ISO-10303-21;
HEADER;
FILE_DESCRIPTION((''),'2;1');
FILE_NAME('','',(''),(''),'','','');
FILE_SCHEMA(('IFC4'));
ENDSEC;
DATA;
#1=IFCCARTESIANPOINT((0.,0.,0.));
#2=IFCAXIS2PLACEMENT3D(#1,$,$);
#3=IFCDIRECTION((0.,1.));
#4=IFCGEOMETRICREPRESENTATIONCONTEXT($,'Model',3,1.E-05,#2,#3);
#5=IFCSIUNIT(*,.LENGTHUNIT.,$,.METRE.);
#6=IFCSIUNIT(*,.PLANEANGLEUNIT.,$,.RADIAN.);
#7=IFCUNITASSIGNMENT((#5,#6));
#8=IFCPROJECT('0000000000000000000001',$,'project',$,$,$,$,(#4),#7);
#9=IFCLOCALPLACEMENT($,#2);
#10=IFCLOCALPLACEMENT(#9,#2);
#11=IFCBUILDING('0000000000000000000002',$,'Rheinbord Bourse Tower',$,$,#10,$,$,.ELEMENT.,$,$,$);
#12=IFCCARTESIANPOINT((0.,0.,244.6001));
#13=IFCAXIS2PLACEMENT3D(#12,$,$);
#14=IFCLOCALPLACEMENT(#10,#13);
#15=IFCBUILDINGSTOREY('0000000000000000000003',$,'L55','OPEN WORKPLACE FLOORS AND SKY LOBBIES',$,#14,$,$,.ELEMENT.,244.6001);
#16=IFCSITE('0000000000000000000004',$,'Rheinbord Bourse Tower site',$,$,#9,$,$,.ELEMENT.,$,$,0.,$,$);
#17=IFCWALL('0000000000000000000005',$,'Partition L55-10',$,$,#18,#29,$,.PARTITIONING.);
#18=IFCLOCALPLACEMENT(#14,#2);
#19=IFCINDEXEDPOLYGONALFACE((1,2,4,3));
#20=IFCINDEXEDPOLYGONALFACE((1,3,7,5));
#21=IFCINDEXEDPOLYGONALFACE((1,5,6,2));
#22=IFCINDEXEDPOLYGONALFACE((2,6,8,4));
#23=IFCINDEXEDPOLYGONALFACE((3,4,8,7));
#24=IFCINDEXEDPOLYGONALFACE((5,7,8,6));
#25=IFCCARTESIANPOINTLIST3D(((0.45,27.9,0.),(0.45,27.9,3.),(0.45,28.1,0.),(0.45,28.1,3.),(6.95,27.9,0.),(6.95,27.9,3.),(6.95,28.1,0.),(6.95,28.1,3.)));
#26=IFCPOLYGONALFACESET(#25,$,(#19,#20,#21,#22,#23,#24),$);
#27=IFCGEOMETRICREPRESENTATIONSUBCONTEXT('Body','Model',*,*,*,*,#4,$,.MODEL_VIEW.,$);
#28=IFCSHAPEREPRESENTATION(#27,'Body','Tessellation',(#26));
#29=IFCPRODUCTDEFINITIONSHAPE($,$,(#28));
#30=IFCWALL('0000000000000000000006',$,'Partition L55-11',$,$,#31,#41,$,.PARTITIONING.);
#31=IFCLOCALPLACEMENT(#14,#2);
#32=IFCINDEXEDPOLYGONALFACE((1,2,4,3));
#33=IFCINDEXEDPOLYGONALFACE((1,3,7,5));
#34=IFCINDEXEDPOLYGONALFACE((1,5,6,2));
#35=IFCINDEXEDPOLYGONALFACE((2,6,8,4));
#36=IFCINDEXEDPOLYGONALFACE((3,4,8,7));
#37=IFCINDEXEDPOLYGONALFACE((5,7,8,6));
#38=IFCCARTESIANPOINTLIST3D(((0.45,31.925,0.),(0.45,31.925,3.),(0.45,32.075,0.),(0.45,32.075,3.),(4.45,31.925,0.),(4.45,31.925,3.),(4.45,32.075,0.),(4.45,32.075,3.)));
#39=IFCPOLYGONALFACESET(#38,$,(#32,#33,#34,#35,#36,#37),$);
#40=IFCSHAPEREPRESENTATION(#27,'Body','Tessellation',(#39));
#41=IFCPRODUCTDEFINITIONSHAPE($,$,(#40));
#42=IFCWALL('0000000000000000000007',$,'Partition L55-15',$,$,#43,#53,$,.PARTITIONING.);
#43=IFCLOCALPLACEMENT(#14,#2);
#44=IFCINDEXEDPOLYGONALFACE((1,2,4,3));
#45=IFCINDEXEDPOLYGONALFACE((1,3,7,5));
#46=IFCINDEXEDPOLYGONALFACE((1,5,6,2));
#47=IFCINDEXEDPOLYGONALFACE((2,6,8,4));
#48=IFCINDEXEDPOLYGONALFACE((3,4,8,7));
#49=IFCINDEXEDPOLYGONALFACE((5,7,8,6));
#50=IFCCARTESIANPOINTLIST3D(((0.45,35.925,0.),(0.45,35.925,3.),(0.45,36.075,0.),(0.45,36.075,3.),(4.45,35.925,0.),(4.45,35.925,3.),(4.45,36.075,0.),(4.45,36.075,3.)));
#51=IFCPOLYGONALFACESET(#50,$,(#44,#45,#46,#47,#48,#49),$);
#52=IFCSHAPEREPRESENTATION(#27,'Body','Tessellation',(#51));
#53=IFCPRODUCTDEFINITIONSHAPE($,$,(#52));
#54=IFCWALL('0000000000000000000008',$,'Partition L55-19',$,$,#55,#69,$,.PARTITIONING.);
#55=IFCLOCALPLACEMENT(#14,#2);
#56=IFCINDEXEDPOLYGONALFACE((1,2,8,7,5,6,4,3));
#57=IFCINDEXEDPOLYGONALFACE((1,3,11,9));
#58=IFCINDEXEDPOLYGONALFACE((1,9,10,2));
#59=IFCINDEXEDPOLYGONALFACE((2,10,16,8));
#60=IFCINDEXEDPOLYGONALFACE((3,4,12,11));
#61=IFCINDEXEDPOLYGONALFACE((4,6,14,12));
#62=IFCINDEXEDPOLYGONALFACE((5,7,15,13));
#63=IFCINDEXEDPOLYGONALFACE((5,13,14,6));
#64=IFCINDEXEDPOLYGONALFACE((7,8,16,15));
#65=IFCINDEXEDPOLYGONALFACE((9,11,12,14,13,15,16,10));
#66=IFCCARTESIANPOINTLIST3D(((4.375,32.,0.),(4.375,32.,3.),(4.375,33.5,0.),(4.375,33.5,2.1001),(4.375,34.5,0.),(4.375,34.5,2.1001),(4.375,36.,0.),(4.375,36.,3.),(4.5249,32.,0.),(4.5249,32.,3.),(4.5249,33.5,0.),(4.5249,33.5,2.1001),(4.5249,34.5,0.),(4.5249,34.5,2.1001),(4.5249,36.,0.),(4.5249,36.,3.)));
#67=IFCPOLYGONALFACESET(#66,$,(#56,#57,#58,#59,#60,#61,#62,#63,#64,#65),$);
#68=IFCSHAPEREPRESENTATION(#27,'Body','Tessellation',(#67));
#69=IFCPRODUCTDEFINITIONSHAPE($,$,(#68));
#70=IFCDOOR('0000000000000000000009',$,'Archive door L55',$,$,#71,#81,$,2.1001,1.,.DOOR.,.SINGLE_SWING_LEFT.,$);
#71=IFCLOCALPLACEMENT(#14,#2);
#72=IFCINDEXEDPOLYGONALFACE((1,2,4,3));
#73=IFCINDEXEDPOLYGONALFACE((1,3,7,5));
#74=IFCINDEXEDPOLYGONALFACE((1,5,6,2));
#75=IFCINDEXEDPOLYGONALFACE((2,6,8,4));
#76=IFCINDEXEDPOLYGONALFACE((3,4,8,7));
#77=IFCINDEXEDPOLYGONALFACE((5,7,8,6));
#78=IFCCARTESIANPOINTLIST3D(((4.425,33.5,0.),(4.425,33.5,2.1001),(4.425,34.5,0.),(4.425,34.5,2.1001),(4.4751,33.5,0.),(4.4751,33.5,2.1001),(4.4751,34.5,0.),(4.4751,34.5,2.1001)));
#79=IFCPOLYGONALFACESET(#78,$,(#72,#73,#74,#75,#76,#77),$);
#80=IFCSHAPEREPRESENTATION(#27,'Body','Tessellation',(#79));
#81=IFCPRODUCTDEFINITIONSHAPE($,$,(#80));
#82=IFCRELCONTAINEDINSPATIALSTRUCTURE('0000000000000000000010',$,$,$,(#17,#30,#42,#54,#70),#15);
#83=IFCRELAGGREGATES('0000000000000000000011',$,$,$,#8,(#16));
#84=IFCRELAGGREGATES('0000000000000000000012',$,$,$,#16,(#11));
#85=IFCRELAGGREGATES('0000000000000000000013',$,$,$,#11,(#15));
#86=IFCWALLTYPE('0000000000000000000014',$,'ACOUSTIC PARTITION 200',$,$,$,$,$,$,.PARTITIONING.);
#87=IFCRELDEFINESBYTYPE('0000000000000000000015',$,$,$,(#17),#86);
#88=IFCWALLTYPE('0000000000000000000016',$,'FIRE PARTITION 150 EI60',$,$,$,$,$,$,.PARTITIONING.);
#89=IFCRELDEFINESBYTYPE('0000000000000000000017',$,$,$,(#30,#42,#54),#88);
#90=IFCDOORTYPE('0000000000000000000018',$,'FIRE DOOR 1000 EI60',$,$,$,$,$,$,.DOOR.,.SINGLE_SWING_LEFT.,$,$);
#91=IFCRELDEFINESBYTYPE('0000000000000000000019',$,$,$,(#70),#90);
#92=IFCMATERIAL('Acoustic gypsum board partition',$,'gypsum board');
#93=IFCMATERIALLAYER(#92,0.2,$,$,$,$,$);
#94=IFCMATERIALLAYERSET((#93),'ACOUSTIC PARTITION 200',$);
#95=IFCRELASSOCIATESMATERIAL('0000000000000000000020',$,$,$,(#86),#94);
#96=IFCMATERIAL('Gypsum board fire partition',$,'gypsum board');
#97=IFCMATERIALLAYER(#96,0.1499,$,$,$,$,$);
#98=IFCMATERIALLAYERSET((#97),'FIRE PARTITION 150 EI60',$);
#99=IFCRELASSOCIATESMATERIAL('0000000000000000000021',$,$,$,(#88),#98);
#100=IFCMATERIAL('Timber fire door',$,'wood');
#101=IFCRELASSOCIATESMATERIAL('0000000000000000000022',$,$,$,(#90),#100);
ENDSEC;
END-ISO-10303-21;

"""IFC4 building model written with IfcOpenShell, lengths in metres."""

from ifc_helpers import new_model, si_unit, direction, frame, frame_2d, origin, place, context, subcontext, project, spatial, rectangle, extrude, material, layer, layer_set, type_object, element, fill, save


model = new_model("IFC4")

# Units and contexts
model_context = context("Model", 3, precision=1e-05, world=origin(), true_north=direction((0.0, 1.0)))
body_context = subcontext(model_context, "Body", "Model", "MODEL_VIEW")
ifc_project = project(units=[si_unit("LENGTHUNIT", "METRE"), si_unit("PLANEANGLEUNIT", "RADIAN")], contexts=[model_context])

# Site, building, storey
site_placement = place(None, origin())
site = spatial("IfcSite", under=ifc_project, at=site_placement, Name="Rheinbord Bourse Tower site", CompositionType="ELEMENT", RefElevation=0.0)
building_placement = place(site_placement, origin())
building = spatial("IfcBuilding", under=site, at=building_placement, Name="Rheinbord Bourse Tower", CompositionType="ELEMENT")
storey_placement = place(building_placement, frame((0.0, 0.0, 244.6001)))
storey = spatial("IfcBuildingStorey", under=building, at=storey_placement, Name="L55", Description="OPEN WORKPLACE FLOORS AND SKY LOBBIES", CompositionType="ELEMENT", Elevation=244.6001)

# Walls
ifc_material_1 = material(Name="Acoustic gypsum board partition", Category="gypsum board")
ifc_layer_1 = layer(ifc_material_1, 0.2)
ifc_layer_set_1 = layer_set([ifc_layer_1], Name="ACOUSTIC PARTITION 200")
wall_type_1 = type_object("IfcWallType", Name="ACOUSTIC PARTITION 200", PredefinedType="PARTITIONING", material=ifc_layer_set_1)
wall_1_placement = place(storey_placement, frame((0.45, 28.0, 0.0), z_axis=(0.0, 0.0, 1.0), x_axis=(1.0, 0.0, 0.0)))
element("IfcWall", 1, at=wall_1_placement, inside=storey, type_object=wall_type_1, Name="Partition L55-10", PredefinedType="PARTITIONING", context=body_context, shape_type="SweptSolid", body=[
    extrude(rectangle(XDim=6.5, YDim=0.2, at=frame_2d((3.25, 0.0))), origin(), (0.0, 0.0, 1.0), 3.0),
])
ifc_material_2 = material(Name="Gypsum board fire partition", Category="gypsum board")
ifc_layer_2 = layer(ifc_material_2, 0.1499)
ifc_layer_set_2 = layer_set([ifc_layer_2], Name="FIRE PARTITION 150 EI60")
wall_type_2 = type_object("IfcWallType", Name="FIRE PARTITION 150 EI60", PredefinedType="PARTITIONING", material=ifc_layer_set_2)
for number, where, z_axis, x_axis, name in (
    (2, (0.45, 32.0, 0.0), (0.0, 0.0, 1.0), (1.0, 0.0, 0.0), "Partition L55-11"),
    (3, (0.45, 36.0, 0.0), (0.0, 0.0, 1.0), (1.0, 0.0, 0.0), "Partition L55-15"),
):
    element("IfcWall", number, at=place(storey_placement, frame(where, z_axis=z_axis, x_axis=x_axis)), inside=storey, type_object=wall_type_2, Name=name, PredefinedType="PARTITIONING", context=body_context, shape_type="SweptSolid", body=[
        extrude(rectangle(XDim=4.0, YDim=0.1499, at=frame_2d((2.0, 0.0))), origin(), (0.0, 0.0, 1.0), 3.0),
    ])

# Wall, opening, door
wall_2_placement = place(storey_placement, frame((4.45, 32.0, 0.0), z_axis=(0.0, 0.0, 1.0), x_axis=(0.0, 1.0, 0.0)))
wall_2 = element("IfcWall", 4, at=wall_2_placement, inside=storey, type_object=wall_type_2, Name="Partition L55-19", PredefinedType="PARTITIONING", context=body_context, shape_type="SweptSolid", body=[
    extrude(rectangle(XDim=4.0, YDim=0.1499, at=frame_2d((2.0, 0.0))), origin(), (0.0, 0.0, 1.0), 3.0),
])
opening_placement = place(wall_2_placement, frame((1.5, 0.0, 0.0)))
opening = element("IfcOpeningElement", 5, at=opening_placement, cuts=wall_2, PredefinedType="OPENING", context=body_context, shape_type="SweptSolid", body=[
    extrude(rectangle(XDim=1.0, YDim=2.1001, at=frame_2d((0.5, 1.05))), frame((0.0, 0.085, 0.0), z_axis=(0.0, -1.0, 0.0), x_axis=(1.0, 0.0, 0.0)), (0.0, 0.0, 1.0), 0.1699),
])
ifc_material_3 = material(Name="Timber fire door", Category="wood")
door_type = type_object("IfcDoorType", Name="FIRE DOOR 1000 EI60", OperationType="SINGLE_SWING_LEFT", PredefinedType="DOOR", material=ifc_material_3)
door_placement = place(opening_placement, origin())
door = element("IfcDoor", 6, at=door_placement, inside=storey, type_object=door_type, Name="Archive door L55", OperationType="SINGLE_SWING_LEFT", OverallHeight=2.1001, OverallWidth=1.0, PredefinedType="DOOR", context=body_context, shape_type="SweptSolid", body=[
    extrude(rectangle(XDim=1.0, YDim=2.1001, at=frame_2d((0.5, 1.05))), frame((0.0, 0.0249, 0.0), z_axis=(0.0, -1.0, 0.0), x_axis=(1.0, 0.0, 0.0)), (0.0, 0.0, 1.0), 0.05),
])
fill(opening, door)

save(model, "model.ifc")
